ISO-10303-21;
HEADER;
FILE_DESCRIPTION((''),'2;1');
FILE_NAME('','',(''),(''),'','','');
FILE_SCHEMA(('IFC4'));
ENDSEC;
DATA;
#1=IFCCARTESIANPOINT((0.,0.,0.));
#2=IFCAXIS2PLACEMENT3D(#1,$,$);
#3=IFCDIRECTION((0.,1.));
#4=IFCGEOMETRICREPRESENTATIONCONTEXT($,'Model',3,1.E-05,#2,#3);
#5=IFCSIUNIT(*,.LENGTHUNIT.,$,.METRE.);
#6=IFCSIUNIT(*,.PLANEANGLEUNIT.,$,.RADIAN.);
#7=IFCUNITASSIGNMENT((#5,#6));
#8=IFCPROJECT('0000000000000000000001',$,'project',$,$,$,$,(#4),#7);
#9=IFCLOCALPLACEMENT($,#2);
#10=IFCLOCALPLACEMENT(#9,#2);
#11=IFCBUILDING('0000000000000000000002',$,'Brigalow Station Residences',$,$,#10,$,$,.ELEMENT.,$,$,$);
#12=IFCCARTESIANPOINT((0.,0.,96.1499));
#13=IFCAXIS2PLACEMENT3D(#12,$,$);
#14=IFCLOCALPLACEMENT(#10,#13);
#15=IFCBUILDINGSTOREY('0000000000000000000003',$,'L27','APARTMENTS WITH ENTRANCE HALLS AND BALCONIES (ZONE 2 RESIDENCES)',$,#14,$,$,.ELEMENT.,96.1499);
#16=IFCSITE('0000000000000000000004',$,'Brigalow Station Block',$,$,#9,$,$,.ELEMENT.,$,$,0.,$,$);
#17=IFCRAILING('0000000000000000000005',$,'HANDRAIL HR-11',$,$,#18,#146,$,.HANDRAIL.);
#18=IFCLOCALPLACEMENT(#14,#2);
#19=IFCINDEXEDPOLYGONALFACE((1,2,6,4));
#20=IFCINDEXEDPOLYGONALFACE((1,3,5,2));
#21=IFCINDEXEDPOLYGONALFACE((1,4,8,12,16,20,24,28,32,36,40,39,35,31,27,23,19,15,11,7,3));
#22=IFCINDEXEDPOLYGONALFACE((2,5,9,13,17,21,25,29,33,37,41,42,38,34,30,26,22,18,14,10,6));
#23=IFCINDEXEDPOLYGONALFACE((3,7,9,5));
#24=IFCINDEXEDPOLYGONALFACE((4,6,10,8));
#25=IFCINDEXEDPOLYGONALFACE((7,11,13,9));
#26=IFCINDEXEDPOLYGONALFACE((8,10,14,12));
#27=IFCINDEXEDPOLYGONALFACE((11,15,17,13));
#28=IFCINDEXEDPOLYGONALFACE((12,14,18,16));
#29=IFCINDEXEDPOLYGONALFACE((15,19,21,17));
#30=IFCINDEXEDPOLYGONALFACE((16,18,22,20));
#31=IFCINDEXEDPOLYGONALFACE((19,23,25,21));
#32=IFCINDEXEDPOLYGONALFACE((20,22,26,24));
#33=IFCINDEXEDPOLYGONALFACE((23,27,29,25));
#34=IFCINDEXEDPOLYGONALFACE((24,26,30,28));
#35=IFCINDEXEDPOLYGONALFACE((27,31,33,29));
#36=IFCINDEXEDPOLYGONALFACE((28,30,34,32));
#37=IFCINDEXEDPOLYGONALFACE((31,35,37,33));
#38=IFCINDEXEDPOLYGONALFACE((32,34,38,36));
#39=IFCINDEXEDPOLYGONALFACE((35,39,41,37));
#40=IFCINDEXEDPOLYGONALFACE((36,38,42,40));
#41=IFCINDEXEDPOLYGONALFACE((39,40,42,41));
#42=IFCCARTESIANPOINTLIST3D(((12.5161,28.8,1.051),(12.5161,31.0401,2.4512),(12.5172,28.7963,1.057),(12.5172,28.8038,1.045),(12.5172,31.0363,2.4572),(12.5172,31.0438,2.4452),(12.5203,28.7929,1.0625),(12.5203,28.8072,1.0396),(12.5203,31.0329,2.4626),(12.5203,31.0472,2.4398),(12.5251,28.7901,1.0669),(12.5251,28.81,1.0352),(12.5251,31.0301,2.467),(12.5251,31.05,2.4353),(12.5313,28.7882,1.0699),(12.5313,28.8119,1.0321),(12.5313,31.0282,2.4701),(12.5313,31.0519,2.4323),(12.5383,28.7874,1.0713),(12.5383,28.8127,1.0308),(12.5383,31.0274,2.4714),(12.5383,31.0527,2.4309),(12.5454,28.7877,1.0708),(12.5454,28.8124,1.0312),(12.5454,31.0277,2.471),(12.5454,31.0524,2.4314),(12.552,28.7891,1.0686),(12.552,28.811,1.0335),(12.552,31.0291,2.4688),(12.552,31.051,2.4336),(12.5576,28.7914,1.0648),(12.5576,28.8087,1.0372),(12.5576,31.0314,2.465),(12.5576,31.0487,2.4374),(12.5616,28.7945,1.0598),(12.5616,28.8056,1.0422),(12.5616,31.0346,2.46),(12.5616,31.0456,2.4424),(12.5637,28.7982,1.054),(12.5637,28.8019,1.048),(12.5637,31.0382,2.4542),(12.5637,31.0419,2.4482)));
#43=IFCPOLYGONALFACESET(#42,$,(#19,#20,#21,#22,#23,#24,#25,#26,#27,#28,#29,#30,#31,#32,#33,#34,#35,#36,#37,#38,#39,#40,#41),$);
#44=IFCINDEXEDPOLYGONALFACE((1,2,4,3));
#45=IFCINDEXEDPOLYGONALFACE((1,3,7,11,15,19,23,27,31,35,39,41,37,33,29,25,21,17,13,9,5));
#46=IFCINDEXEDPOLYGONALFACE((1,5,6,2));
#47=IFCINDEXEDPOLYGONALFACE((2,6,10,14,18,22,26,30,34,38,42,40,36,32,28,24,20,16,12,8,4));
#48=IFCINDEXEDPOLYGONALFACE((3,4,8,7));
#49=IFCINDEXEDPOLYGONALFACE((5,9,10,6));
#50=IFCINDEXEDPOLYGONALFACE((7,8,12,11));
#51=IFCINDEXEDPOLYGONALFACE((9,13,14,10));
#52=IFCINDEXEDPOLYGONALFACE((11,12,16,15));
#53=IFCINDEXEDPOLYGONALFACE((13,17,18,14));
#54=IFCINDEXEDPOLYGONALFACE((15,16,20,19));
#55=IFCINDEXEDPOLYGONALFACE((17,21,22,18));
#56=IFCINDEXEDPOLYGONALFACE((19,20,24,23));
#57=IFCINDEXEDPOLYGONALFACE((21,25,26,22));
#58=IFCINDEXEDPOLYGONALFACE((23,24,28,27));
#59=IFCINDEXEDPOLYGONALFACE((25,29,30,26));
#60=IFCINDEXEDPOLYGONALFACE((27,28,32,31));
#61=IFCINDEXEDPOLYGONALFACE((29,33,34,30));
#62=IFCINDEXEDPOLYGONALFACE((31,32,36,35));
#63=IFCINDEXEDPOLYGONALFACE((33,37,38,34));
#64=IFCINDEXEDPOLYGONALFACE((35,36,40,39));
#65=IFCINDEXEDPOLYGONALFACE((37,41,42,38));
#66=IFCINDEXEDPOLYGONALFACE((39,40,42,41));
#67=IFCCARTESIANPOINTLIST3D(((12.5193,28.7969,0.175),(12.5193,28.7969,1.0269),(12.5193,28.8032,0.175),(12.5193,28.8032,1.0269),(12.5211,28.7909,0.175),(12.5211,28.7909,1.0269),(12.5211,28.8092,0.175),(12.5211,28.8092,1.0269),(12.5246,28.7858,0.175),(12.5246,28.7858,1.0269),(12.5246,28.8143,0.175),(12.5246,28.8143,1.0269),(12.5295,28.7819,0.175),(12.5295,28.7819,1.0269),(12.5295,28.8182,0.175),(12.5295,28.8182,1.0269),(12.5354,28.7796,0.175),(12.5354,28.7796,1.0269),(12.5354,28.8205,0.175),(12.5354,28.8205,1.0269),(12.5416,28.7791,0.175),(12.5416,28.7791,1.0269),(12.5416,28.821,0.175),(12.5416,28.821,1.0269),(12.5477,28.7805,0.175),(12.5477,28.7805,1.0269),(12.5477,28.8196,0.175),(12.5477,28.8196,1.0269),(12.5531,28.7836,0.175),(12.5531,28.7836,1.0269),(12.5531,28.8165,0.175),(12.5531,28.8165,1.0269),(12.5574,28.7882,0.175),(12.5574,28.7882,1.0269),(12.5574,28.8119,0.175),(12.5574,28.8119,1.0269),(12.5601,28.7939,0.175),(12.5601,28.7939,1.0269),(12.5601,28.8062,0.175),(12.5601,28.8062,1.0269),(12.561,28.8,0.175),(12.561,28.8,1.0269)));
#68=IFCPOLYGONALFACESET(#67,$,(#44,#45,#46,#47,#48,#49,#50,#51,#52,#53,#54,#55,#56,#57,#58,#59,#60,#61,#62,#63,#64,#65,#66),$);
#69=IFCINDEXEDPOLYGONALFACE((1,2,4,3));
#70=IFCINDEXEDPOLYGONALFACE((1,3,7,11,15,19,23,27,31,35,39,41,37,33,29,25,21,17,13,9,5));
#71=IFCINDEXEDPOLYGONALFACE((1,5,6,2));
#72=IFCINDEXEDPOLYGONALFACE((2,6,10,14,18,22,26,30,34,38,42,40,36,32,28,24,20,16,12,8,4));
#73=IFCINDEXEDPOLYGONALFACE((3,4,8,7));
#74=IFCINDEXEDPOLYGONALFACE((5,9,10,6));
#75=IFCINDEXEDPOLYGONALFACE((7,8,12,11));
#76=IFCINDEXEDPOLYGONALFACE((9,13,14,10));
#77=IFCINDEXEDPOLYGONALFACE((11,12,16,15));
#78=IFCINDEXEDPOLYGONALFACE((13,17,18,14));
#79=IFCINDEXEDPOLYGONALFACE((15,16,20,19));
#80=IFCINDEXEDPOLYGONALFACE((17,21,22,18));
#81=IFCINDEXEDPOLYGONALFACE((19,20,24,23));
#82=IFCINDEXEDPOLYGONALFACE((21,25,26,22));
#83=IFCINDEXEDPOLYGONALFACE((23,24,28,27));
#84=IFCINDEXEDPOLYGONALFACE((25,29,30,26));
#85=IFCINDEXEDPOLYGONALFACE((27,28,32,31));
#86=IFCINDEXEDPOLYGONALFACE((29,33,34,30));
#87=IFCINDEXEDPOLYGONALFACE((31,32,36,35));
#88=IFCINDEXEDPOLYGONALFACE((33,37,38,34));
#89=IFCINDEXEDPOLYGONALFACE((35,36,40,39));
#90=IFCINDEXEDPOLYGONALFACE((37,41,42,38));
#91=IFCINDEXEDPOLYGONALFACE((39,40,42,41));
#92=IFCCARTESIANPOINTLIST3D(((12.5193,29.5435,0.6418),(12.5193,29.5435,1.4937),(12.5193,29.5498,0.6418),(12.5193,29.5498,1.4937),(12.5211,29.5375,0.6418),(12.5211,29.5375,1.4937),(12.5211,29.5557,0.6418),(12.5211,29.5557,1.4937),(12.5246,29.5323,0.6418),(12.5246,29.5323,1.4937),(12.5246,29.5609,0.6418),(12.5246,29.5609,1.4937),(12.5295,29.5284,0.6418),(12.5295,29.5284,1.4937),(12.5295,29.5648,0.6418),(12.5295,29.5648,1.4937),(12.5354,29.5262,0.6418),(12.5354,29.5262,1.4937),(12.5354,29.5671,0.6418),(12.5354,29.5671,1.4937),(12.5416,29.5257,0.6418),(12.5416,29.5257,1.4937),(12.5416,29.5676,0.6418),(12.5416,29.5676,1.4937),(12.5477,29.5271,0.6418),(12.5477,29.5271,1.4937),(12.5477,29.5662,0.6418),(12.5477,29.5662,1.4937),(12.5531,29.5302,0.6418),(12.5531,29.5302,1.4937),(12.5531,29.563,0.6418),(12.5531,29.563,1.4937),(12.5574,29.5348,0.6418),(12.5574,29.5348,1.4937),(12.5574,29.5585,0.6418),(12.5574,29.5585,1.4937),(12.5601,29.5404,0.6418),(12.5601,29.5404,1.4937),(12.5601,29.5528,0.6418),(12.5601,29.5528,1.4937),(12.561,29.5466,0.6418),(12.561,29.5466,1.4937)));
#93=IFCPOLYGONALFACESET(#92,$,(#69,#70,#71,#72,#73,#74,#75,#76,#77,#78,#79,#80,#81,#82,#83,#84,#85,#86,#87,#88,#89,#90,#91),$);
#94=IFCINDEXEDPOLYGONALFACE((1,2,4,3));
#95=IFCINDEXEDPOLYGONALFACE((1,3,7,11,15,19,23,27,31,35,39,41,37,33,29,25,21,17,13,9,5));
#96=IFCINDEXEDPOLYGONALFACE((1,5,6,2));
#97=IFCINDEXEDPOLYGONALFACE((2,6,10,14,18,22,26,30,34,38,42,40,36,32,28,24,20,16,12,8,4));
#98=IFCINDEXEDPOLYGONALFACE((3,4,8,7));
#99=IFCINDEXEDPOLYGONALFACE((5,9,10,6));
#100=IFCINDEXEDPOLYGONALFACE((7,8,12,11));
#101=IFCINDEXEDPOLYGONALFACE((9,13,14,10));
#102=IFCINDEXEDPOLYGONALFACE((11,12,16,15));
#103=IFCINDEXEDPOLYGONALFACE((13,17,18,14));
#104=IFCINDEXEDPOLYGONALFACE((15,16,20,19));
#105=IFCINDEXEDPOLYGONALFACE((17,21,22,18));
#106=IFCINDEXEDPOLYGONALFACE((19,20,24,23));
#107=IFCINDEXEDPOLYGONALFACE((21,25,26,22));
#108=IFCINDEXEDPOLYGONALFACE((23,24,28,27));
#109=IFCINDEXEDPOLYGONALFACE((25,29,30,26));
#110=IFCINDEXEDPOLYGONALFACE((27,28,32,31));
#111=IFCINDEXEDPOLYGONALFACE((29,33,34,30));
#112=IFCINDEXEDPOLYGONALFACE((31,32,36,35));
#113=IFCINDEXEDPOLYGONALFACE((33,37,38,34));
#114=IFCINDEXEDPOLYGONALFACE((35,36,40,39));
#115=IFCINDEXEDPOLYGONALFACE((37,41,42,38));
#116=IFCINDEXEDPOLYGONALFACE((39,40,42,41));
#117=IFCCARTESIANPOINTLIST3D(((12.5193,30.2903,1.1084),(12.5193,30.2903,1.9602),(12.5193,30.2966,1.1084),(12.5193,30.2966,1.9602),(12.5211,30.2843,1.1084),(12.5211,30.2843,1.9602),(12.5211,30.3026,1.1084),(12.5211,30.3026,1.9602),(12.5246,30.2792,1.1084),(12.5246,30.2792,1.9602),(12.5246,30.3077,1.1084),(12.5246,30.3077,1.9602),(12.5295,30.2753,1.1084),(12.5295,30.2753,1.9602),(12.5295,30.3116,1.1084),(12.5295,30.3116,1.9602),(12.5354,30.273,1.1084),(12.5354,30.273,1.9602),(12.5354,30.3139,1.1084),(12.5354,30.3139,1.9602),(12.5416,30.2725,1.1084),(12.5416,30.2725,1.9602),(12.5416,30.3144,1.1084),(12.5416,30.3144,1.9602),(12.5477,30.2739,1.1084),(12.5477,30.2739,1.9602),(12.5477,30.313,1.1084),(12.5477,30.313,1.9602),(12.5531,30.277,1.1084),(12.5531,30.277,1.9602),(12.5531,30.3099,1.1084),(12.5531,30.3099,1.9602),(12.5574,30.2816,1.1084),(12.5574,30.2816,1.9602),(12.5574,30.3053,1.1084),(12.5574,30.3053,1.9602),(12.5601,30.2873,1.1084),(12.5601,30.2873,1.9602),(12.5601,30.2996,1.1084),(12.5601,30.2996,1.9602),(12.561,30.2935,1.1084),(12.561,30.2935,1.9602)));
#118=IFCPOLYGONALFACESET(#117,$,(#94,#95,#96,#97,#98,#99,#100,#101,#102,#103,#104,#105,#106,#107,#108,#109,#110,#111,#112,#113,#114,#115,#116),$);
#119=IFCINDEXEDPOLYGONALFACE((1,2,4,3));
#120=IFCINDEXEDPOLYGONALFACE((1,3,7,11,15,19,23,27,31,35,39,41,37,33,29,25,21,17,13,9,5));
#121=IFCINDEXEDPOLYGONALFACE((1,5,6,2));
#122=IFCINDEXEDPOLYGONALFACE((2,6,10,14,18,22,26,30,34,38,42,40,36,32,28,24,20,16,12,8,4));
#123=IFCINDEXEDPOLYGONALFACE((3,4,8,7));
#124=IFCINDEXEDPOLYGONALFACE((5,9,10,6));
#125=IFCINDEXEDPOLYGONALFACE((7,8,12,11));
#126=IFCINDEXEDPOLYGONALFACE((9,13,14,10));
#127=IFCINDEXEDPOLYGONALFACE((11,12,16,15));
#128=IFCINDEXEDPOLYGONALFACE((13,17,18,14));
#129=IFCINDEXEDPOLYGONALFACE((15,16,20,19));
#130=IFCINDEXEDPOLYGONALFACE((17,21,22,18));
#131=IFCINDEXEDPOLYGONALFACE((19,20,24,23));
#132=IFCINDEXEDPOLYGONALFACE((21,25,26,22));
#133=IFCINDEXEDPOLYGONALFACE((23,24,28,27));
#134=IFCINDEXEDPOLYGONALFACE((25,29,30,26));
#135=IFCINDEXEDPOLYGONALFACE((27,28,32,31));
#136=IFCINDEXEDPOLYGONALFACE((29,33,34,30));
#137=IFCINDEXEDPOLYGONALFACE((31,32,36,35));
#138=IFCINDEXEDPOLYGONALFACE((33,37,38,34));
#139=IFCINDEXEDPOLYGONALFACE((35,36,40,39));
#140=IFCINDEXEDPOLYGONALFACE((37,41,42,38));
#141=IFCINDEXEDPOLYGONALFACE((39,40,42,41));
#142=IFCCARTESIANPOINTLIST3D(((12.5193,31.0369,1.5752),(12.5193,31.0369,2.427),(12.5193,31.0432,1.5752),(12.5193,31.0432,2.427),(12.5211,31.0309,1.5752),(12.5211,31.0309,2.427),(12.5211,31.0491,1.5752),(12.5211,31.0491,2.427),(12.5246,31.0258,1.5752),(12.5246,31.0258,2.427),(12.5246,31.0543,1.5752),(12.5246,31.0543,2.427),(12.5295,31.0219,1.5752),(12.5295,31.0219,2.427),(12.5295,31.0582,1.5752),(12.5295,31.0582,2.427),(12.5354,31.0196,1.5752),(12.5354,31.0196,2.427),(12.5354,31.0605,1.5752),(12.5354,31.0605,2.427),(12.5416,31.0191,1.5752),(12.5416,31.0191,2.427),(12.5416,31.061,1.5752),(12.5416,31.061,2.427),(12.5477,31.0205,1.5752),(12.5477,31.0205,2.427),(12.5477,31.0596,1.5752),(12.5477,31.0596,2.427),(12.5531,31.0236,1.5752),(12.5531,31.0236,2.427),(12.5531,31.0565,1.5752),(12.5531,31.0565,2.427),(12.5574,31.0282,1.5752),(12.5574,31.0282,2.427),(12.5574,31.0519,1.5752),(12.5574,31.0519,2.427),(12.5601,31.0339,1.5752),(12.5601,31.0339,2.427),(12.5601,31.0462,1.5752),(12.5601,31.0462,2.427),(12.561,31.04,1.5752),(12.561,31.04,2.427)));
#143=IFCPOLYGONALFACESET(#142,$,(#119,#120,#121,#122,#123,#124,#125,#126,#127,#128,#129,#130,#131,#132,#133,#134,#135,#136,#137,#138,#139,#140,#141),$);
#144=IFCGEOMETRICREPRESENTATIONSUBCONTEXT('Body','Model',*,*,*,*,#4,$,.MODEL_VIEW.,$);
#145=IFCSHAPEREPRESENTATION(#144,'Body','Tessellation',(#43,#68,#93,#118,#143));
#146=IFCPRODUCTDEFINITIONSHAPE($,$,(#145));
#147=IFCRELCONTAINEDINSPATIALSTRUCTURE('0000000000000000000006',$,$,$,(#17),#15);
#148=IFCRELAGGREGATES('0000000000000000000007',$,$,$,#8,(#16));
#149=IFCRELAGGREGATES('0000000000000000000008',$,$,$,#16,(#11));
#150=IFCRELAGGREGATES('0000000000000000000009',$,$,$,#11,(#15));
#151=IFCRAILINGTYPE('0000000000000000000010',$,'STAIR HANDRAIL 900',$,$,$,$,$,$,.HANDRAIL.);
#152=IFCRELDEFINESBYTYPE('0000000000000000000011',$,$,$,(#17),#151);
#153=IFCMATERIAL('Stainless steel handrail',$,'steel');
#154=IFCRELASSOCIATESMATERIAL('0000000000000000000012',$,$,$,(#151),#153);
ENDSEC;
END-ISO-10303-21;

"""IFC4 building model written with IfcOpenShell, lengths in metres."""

from ifc_helpers import new_model, si_unit, direction, frame, origin, origin_2d, place, context, subcontext, project, spatial, circle, extrude, material, type_object, element, save


model = new_model("IFC4")

# Units and contexts
model_context = context("Model", 3, precision=1e-05, world=origin(), true_north=direction((0.0, 1.0)))
body_context = subcontext(model_context, "Body", "Model", "MODEL_VIEW")
ifc_project = project(units=[si_unit("LENGTHUNIT", "METRE"), si_unit("PLANEANGLEUNIT", "RADIAN")], contexts=[model_context])

# Site, building, storey
site_placement = place(None, origin())
site = spatial("IfcSite", under=ifc_project, at=site_placement, Name="Brigalow Station Block", CompositionType="ELEMENT", RefElevation=0.0)
building_placement = place(site_placement, origin())
building = spatial("IfcBuilding", under=site, at=building_placement, Name="Brigalow Station Residences", CompositionType="ELEMENT")
storey_placement = place(building_placement, frame((0.0, 0.0, 96.1499)))
storey = spatial("IfcBuildingStorey", under=building, at=storey_placement, Name="L27", Description="APARTMENTS WITH ENTRANCE HALLS AND BALCONIES (ZONE 2 RESIDENCES)", CompositionType="ELEMENT", Elevation=96.1499)

# Railing
ifc_material_1 = material(Name="Stainless steel handrail", Category="steel")
railing_type_1 = type_object("IfcRailingType", Name="STAIR HANDRAIL 900", PredefinedType="HANDRAIL", material=ifc_material_1)
railing_1_placement = place(storey_placement, frame((12.54, 28.8, 0.175)))
element("IfcRailing", 1, at=railing_1_placement, inside=storey, type_object=railing_type_1, Name="HANDRAIL HR-11", PredefinedType="HANDRAIL", context=body_context, shape_type="SweptSolid", body=[
    extrude(circle(Radius=0.0239, at=origin_2d()), frame((0.0, 0.0, 0.876), z_axis=(0.0, 0.847972, 0.53004), x_axis=(-1.0, 0.0, 0.0)), (0.0, 0.0, 1.0), 2.6416),
    extrude(circle(Radius=0.021, at=origin_2d()), origin(), (0.0, 0.0, 1.0), 0.8518),
    extrude(circle(Radius=0.021, at=origin_2d()), frame((0.0, 0.7466, 0.4668)), (0.0, 0.0, 1.0), 0.8518),
    extrude(circle(Radius=0.021, at=origin_2d()), frame((0.0, 1.4934, 0.9333)), (0.0, 0.0, 1.0), 0.8518),
    extrude(circle(Radius=0.021, at=origin_2d()), frame((0.0, 2.24, 1.4001)), (0.0, 0.0, 1.0), 0.8518),
])

save(model, "model.ifc")
